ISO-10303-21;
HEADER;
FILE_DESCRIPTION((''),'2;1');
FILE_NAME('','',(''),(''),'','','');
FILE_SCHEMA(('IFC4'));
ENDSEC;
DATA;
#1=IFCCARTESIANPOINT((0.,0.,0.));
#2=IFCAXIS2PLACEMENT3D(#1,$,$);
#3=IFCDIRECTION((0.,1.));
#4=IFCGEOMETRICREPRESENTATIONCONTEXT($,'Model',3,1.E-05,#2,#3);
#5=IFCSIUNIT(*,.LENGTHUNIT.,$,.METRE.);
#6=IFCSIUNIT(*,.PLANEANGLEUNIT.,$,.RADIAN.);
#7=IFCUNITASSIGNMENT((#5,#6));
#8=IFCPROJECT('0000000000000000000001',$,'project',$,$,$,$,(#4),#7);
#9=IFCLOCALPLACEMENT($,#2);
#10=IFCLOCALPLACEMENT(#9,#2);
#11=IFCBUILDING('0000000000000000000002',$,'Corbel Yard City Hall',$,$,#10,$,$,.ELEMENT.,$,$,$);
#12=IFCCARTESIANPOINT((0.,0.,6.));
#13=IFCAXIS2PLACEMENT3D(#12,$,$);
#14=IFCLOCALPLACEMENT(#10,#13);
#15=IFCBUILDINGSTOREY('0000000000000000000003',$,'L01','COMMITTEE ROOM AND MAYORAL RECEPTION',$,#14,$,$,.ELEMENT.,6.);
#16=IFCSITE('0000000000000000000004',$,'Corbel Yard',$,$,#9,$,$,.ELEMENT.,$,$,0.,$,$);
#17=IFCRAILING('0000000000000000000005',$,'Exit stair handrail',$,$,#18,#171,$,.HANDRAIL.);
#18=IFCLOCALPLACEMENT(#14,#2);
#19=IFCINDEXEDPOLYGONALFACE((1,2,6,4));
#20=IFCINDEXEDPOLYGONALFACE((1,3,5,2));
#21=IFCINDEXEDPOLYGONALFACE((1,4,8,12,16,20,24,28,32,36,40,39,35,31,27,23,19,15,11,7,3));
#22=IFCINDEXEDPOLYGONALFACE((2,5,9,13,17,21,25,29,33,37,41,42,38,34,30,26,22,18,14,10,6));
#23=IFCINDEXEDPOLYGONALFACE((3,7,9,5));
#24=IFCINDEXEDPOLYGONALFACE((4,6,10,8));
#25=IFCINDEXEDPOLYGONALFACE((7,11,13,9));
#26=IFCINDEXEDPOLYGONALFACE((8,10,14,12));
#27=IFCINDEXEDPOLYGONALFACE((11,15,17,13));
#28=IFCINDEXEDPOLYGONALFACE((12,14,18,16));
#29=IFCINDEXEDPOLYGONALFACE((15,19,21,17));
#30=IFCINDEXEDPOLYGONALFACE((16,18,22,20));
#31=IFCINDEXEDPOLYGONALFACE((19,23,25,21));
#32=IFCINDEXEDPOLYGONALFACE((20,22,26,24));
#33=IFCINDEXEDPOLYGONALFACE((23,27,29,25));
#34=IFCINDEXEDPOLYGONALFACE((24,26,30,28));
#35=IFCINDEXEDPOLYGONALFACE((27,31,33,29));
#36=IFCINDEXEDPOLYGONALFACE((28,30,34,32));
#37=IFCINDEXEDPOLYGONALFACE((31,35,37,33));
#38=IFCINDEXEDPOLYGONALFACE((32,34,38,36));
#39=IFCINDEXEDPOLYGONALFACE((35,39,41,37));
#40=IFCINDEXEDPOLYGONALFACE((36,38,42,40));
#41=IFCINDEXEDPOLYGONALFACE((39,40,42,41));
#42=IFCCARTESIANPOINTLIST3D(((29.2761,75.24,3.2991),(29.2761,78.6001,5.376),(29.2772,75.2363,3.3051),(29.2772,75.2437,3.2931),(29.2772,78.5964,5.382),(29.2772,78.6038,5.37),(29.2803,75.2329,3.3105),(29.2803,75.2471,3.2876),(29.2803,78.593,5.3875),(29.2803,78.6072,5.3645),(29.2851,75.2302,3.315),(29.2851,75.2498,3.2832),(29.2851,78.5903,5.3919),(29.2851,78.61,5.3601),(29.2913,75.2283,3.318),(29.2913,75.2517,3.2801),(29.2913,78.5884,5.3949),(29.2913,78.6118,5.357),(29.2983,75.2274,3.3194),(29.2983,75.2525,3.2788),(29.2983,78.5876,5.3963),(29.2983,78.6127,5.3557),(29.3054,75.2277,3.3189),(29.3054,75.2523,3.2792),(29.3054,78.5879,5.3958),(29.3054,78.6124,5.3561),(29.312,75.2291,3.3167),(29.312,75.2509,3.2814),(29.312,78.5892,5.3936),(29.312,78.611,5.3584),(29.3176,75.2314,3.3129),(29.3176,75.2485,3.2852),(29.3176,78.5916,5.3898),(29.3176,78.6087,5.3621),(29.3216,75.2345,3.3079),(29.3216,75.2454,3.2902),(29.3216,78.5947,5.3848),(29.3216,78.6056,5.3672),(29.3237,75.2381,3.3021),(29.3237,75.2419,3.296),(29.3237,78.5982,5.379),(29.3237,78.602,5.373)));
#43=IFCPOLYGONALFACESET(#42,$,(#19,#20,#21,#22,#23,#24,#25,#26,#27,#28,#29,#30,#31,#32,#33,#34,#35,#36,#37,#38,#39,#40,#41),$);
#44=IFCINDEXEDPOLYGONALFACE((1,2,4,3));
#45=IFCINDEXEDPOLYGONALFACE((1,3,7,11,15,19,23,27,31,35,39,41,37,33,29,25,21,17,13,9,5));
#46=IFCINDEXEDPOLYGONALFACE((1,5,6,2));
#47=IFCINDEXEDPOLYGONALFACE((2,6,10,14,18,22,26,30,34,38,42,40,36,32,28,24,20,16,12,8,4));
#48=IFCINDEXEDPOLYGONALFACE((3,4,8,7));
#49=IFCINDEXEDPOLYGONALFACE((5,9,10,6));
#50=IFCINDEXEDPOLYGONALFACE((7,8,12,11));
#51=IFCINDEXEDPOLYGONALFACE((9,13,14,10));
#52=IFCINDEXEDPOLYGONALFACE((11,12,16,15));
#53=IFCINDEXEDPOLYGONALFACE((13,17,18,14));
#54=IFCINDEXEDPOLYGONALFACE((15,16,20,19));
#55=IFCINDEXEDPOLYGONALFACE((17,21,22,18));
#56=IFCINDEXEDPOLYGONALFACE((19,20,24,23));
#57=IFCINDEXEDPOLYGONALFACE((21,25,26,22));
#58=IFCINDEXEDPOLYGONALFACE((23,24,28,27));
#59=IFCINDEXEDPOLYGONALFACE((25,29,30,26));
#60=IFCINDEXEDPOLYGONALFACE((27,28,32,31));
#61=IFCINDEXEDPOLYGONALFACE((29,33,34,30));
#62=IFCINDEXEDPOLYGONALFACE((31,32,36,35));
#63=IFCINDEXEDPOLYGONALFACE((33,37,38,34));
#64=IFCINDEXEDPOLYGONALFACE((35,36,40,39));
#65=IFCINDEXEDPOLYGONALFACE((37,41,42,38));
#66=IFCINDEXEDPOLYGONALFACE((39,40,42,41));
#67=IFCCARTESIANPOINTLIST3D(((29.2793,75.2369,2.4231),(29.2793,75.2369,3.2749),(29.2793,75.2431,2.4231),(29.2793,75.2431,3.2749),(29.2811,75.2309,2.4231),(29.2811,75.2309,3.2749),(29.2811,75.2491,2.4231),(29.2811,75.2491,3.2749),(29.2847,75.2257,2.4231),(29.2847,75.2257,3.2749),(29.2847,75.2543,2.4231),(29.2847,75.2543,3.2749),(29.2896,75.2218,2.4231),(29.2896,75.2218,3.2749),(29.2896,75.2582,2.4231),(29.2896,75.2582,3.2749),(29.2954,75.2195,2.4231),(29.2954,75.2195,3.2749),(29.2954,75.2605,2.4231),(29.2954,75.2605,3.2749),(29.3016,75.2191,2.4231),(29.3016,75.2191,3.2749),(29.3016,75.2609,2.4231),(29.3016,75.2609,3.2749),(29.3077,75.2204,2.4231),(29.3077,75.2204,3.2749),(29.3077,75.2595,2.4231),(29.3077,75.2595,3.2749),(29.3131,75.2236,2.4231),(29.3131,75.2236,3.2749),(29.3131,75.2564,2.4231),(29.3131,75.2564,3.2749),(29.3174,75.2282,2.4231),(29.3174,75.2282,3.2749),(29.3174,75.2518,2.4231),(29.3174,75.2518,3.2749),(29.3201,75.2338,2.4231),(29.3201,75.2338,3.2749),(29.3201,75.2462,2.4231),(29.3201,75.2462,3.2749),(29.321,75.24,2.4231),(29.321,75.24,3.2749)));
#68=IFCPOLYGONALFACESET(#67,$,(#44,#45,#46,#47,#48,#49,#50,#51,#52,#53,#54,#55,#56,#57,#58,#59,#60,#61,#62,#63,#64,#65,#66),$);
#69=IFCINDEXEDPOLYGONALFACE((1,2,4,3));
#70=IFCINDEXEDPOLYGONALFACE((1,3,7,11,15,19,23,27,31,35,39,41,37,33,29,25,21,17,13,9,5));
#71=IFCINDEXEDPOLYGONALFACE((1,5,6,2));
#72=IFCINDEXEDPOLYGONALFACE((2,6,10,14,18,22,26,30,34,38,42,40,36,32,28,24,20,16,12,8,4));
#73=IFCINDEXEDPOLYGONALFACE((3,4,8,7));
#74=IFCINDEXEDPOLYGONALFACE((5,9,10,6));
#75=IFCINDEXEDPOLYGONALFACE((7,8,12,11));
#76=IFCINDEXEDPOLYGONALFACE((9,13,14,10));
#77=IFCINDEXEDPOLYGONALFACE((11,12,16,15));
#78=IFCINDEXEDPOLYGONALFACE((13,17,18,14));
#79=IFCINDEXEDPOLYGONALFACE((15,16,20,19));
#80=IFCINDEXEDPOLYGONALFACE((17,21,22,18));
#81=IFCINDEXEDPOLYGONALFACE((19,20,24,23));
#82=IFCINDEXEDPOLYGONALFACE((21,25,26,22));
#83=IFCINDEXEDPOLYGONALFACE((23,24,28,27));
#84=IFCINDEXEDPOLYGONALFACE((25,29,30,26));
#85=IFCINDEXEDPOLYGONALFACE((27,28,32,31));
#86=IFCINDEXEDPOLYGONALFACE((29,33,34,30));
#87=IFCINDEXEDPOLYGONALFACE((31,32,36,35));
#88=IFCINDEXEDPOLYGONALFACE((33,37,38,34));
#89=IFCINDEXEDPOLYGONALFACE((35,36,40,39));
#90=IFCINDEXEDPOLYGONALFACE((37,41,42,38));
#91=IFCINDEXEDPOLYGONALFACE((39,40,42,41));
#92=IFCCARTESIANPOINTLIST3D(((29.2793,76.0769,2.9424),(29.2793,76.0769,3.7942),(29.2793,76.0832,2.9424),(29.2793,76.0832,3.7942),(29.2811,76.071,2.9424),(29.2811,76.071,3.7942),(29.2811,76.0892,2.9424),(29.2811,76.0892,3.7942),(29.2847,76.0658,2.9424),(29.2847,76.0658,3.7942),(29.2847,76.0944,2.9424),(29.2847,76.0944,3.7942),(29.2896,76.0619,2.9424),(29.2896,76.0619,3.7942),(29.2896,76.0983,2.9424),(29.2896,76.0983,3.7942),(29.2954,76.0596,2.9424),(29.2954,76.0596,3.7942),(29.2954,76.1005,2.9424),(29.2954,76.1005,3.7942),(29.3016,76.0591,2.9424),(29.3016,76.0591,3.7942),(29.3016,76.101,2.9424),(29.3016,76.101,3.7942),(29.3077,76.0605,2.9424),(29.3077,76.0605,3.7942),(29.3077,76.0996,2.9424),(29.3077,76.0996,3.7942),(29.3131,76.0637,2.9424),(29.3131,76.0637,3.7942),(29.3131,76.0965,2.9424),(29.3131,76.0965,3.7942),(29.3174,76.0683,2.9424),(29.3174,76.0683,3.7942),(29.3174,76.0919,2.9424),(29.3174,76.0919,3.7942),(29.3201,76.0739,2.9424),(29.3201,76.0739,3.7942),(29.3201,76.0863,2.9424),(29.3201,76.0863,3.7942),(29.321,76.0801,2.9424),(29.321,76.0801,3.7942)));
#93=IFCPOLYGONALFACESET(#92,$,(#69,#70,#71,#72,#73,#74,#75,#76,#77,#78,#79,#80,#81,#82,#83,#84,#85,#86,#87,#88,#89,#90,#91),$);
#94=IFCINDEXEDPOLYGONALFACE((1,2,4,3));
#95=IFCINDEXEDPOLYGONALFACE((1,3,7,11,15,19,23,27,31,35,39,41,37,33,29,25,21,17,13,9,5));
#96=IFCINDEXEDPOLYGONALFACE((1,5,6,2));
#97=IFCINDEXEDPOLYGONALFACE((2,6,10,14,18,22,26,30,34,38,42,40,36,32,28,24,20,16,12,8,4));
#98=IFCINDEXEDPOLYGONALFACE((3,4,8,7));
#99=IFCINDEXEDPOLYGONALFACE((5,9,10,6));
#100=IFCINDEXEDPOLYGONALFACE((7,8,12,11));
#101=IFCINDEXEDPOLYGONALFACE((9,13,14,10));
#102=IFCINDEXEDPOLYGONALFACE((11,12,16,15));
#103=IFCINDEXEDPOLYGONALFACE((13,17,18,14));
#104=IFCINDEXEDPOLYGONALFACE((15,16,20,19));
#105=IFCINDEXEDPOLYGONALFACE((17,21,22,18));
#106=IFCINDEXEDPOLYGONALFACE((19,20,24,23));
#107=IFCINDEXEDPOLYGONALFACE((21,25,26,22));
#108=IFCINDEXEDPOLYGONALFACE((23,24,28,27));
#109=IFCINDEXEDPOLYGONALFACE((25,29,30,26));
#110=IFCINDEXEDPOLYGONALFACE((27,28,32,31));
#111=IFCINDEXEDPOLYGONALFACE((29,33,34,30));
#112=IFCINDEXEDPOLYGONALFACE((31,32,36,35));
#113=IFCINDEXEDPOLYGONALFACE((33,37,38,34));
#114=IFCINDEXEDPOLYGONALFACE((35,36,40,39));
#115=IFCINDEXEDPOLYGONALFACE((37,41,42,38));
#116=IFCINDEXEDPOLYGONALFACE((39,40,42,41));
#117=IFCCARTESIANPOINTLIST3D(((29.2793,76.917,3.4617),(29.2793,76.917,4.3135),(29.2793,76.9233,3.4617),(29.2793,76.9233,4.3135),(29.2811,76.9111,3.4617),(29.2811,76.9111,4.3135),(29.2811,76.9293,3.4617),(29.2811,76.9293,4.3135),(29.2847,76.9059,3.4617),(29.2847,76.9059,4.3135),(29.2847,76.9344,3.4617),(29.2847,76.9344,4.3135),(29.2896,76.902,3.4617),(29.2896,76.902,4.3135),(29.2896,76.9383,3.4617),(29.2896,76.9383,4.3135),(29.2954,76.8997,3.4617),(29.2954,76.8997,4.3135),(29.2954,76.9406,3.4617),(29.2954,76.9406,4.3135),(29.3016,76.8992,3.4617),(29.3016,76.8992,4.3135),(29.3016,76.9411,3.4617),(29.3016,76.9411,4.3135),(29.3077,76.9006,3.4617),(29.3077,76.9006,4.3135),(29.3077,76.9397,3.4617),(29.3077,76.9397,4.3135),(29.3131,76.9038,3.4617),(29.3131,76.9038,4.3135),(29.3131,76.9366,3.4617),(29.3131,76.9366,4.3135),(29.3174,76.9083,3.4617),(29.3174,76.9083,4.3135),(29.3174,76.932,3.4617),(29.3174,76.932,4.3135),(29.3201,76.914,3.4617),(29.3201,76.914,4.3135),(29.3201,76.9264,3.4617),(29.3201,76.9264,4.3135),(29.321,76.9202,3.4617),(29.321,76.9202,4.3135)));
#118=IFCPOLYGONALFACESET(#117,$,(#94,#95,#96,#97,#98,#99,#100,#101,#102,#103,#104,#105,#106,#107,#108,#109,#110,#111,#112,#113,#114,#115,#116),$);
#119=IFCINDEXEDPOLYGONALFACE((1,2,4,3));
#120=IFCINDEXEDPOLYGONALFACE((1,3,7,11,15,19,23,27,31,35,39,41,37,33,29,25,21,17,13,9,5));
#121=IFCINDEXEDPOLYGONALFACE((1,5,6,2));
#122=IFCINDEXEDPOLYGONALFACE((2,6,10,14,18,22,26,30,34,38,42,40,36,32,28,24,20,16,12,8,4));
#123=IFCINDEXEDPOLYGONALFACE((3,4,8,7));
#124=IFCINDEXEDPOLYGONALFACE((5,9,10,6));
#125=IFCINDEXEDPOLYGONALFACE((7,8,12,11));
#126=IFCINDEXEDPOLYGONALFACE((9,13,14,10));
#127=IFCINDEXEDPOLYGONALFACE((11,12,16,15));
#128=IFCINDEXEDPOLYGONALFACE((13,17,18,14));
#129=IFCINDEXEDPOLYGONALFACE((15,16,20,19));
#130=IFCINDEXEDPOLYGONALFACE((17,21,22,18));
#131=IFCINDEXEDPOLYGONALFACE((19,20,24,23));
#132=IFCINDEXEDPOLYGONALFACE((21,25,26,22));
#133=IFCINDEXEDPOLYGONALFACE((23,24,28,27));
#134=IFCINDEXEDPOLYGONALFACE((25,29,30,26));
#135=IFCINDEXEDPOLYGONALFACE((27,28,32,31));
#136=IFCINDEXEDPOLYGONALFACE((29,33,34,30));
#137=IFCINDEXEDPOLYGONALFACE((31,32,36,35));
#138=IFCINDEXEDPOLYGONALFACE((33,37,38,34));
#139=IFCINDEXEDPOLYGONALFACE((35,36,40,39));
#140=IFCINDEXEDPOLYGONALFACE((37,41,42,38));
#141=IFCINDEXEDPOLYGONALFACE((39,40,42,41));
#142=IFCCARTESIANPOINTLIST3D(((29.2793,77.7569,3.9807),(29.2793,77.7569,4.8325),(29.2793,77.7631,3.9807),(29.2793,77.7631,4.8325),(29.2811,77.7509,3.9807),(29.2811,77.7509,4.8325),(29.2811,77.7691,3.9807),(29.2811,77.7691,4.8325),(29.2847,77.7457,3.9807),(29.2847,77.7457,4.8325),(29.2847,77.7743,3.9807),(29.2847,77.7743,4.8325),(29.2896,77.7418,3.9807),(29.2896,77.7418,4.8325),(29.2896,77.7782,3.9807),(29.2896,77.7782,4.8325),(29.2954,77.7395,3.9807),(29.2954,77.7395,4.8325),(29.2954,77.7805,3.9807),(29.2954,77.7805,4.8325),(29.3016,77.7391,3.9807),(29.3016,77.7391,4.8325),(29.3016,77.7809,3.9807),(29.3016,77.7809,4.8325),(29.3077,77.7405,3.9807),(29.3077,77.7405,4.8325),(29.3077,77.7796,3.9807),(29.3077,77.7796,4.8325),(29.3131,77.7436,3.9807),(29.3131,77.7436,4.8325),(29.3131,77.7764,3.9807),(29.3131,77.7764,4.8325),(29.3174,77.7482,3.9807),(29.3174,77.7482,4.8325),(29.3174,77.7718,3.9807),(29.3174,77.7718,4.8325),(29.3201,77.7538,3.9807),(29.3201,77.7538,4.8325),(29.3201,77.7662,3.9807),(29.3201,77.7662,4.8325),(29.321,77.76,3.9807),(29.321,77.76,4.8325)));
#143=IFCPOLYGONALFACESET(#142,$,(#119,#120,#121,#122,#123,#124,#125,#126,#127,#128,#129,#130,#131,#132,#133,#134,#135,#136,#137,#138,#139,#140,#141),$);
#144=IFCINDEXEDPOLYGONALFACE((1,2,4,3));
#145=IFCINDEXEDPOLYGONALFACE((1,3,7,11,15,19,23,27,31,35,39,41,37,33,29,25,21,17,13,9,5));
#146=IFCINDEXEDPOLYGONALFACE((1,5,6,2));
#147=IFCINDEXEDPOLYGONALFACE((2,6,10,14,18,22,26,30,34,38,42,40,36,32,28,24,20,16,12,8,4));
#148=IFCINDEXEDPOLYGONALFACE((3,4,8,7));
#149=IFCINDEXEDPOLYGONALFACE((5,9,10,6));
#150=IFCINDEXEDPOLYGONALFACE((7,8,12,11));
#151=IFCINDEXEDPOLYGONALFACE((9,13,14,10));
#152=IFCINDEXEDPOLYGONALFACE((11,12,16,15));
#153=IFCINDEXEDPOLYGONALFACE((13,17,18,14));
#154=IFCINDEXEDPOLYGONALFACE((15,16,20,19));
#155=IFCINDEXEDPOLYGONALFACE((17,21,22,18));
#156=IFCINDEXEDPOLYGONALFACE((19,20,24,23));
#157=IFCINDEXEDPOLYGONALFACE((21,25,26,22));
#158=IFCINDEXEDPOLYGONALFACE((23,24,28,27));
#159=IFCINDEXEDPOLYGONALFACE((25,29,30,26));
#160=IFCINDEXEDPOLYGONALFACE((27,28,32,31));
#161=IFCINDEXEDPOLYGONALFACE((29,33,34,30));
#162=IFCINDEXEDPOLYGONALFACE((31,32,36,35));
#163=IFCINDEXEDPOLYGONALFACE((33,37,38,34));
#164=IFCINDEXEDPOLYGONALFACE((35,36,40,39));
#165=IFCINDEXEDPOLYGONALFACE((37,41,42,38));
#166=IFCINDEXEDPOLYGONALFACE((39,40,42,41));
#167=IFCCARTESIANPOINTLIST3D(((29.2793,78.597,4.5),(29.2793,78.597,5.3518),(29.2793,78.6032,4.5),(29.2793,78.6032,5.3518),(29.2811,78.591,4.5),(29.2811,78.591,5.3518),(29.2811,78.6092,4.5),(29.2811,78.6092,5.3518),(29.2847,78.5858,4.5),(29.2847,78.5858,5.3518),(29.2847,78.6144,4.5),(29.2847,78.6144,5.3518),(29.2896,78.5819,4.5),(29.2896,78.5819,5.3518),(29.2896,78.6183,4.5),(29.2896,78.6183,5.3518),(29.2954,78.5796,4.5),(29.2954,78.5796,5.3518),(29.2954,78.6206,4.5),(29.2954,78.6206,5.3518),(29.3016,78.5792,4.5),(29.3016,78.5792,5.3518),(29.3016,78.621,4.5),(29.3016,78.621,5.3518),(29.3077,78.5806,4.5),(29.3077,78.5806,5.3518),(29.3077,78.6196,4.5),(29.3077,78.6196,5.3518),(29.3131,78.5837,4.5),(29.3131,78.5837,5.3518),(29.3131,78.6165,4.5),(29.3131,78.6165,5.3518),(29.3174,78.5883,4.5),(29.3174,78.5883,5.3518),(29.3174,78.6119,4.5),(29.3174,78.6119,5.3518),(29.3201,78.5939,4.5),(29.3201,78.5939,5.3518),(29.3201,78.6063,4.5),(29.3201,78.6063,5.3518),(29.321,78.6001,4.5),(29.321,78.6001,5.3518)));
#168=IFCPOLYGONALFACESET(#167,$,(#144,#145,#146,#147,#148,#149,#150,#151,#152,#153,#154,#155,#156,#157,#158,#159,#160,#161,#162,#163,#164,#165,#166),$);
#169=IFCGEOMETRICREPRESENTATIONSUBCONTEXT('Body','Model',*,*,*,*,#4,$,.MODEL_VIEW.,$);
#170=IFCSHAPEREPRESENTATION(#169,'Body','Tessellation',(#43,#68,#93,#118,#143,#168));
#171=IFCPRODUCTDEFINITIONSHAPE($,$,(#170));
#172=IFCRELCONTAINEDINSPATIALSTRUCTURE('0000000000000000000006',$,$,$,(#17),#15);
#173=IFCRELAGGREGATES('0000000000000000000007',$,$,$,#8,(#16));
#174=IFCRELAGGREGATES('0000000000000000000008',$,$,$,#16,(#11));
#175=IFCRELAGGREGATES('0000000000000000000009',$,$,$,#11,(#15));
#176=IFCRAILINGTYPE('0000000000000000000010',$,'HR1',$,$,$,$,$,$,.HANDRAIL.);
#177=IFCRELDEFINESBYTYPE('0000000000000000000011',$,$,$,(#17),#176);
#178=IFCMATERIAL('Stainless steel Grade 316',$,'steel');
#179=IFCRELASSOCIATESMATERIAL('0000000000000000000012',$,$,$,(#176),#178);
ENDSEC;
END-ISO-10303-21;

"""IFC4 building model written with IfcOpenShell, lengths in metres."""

from ifc_helpers import new_model, si_unit, direction, frame, origin, origin_2d, place, context, subcontext, project, spatial, circle, extrude, material, type_object, element, save


model = new_model("IFC4")

# Units and contexts
model_context = context("Model", 3, precision=1e-05, world=origin(), true_north=direction((0.0, 1.0)))
body_context = subcontext(model_context, "Body", "Model", "MODEL_VIEW")
ifc_project = project(units=[si_unit("LENGTHUNIT", "METRE"), si_unit("PLANEANGLEUNIT", "RADIAN")], contexts=[model_context])

# Site, building, storey
site_placement = place(None, origin())
site = spatial("IfcSite", under=ifc_project, at=site_placement, Name="Corbel Yard", CompositionType="ELEMENT", RefElevation=0.0)
building_placement = place(site_placement, origin())
building = spatial("IfcBuilding", under=site, at=building_placement, Name="Corbel Yard City Hall", CompositionType="ELEMENT")
storey_placement = place(building_placement, frame((0.0, 0.0, 6.0)))
storey = spatial("IfcBuildingStorey", under=building, at=storey_placement, Name="L01", Description="COMMITTEE ROOM AND MAYORAL RECEPTION", CompositionType="ELEMENT", Elevation=6.0)

# Shared definitions
ifc_material_1 = material(Name="Stainless steel Grade 316", Category="steel")

# Railing
railing_type_1 = type_object("IfcRailingType", Name="HR1", PredefinedType="HANDRAIL", material=ifc_material_1)
for number, where, name in (
    (1, (29.3, 75.24, 2.4231), "Exit stair handrail"),
):
    element("IfcRailing", number, at=place(storey_placement, frame(where)), inside=storey, type_object=railing_type_1, Name=name, PredefinedType="HANDRAIL", context=body_context, shape_type="SweptSolid", body=[
        extrude(circle(Radius=0.0239, at=origin_2d()), frame((0.0, 0.0, 0.876), z_axis=(0.0, 0.850623, 0.525776), x_axis=(-1.0, 0.0, 0.0)), (0.0, 0.0, 1.0), 3.9502),
        extrude(circle(Radius=0.021, at=origin_2d()), origin(), (0.0, 0.0, 1.0), 0.8518),
        extrude(circle(Radius=0.021, at=origin_2d()), frame((0.0, 0.8401, 0.5193)), (0.0, 0.0, 1.0), 0.8518),
        extrude(circle(Radius=0.021, at=origin_2d()), frame((0.0, 1.6802, 1.0386)), (0.0, 0.0, 1.0), 0.8518),
        extrude(circle(Radius=0.021, at=origin_2d()), frame((0.0, 2.52, 1.5576)), (0.0, 0.0, 1.0), 0.8518),
        extrude(circle(Radius=0.021, at=origin_2d()), frame((0.0, 3.3601, 2.0769)), (0.0, 0.0, 1.0), 0.8518),
    ])

save(model, "model.ifc")
